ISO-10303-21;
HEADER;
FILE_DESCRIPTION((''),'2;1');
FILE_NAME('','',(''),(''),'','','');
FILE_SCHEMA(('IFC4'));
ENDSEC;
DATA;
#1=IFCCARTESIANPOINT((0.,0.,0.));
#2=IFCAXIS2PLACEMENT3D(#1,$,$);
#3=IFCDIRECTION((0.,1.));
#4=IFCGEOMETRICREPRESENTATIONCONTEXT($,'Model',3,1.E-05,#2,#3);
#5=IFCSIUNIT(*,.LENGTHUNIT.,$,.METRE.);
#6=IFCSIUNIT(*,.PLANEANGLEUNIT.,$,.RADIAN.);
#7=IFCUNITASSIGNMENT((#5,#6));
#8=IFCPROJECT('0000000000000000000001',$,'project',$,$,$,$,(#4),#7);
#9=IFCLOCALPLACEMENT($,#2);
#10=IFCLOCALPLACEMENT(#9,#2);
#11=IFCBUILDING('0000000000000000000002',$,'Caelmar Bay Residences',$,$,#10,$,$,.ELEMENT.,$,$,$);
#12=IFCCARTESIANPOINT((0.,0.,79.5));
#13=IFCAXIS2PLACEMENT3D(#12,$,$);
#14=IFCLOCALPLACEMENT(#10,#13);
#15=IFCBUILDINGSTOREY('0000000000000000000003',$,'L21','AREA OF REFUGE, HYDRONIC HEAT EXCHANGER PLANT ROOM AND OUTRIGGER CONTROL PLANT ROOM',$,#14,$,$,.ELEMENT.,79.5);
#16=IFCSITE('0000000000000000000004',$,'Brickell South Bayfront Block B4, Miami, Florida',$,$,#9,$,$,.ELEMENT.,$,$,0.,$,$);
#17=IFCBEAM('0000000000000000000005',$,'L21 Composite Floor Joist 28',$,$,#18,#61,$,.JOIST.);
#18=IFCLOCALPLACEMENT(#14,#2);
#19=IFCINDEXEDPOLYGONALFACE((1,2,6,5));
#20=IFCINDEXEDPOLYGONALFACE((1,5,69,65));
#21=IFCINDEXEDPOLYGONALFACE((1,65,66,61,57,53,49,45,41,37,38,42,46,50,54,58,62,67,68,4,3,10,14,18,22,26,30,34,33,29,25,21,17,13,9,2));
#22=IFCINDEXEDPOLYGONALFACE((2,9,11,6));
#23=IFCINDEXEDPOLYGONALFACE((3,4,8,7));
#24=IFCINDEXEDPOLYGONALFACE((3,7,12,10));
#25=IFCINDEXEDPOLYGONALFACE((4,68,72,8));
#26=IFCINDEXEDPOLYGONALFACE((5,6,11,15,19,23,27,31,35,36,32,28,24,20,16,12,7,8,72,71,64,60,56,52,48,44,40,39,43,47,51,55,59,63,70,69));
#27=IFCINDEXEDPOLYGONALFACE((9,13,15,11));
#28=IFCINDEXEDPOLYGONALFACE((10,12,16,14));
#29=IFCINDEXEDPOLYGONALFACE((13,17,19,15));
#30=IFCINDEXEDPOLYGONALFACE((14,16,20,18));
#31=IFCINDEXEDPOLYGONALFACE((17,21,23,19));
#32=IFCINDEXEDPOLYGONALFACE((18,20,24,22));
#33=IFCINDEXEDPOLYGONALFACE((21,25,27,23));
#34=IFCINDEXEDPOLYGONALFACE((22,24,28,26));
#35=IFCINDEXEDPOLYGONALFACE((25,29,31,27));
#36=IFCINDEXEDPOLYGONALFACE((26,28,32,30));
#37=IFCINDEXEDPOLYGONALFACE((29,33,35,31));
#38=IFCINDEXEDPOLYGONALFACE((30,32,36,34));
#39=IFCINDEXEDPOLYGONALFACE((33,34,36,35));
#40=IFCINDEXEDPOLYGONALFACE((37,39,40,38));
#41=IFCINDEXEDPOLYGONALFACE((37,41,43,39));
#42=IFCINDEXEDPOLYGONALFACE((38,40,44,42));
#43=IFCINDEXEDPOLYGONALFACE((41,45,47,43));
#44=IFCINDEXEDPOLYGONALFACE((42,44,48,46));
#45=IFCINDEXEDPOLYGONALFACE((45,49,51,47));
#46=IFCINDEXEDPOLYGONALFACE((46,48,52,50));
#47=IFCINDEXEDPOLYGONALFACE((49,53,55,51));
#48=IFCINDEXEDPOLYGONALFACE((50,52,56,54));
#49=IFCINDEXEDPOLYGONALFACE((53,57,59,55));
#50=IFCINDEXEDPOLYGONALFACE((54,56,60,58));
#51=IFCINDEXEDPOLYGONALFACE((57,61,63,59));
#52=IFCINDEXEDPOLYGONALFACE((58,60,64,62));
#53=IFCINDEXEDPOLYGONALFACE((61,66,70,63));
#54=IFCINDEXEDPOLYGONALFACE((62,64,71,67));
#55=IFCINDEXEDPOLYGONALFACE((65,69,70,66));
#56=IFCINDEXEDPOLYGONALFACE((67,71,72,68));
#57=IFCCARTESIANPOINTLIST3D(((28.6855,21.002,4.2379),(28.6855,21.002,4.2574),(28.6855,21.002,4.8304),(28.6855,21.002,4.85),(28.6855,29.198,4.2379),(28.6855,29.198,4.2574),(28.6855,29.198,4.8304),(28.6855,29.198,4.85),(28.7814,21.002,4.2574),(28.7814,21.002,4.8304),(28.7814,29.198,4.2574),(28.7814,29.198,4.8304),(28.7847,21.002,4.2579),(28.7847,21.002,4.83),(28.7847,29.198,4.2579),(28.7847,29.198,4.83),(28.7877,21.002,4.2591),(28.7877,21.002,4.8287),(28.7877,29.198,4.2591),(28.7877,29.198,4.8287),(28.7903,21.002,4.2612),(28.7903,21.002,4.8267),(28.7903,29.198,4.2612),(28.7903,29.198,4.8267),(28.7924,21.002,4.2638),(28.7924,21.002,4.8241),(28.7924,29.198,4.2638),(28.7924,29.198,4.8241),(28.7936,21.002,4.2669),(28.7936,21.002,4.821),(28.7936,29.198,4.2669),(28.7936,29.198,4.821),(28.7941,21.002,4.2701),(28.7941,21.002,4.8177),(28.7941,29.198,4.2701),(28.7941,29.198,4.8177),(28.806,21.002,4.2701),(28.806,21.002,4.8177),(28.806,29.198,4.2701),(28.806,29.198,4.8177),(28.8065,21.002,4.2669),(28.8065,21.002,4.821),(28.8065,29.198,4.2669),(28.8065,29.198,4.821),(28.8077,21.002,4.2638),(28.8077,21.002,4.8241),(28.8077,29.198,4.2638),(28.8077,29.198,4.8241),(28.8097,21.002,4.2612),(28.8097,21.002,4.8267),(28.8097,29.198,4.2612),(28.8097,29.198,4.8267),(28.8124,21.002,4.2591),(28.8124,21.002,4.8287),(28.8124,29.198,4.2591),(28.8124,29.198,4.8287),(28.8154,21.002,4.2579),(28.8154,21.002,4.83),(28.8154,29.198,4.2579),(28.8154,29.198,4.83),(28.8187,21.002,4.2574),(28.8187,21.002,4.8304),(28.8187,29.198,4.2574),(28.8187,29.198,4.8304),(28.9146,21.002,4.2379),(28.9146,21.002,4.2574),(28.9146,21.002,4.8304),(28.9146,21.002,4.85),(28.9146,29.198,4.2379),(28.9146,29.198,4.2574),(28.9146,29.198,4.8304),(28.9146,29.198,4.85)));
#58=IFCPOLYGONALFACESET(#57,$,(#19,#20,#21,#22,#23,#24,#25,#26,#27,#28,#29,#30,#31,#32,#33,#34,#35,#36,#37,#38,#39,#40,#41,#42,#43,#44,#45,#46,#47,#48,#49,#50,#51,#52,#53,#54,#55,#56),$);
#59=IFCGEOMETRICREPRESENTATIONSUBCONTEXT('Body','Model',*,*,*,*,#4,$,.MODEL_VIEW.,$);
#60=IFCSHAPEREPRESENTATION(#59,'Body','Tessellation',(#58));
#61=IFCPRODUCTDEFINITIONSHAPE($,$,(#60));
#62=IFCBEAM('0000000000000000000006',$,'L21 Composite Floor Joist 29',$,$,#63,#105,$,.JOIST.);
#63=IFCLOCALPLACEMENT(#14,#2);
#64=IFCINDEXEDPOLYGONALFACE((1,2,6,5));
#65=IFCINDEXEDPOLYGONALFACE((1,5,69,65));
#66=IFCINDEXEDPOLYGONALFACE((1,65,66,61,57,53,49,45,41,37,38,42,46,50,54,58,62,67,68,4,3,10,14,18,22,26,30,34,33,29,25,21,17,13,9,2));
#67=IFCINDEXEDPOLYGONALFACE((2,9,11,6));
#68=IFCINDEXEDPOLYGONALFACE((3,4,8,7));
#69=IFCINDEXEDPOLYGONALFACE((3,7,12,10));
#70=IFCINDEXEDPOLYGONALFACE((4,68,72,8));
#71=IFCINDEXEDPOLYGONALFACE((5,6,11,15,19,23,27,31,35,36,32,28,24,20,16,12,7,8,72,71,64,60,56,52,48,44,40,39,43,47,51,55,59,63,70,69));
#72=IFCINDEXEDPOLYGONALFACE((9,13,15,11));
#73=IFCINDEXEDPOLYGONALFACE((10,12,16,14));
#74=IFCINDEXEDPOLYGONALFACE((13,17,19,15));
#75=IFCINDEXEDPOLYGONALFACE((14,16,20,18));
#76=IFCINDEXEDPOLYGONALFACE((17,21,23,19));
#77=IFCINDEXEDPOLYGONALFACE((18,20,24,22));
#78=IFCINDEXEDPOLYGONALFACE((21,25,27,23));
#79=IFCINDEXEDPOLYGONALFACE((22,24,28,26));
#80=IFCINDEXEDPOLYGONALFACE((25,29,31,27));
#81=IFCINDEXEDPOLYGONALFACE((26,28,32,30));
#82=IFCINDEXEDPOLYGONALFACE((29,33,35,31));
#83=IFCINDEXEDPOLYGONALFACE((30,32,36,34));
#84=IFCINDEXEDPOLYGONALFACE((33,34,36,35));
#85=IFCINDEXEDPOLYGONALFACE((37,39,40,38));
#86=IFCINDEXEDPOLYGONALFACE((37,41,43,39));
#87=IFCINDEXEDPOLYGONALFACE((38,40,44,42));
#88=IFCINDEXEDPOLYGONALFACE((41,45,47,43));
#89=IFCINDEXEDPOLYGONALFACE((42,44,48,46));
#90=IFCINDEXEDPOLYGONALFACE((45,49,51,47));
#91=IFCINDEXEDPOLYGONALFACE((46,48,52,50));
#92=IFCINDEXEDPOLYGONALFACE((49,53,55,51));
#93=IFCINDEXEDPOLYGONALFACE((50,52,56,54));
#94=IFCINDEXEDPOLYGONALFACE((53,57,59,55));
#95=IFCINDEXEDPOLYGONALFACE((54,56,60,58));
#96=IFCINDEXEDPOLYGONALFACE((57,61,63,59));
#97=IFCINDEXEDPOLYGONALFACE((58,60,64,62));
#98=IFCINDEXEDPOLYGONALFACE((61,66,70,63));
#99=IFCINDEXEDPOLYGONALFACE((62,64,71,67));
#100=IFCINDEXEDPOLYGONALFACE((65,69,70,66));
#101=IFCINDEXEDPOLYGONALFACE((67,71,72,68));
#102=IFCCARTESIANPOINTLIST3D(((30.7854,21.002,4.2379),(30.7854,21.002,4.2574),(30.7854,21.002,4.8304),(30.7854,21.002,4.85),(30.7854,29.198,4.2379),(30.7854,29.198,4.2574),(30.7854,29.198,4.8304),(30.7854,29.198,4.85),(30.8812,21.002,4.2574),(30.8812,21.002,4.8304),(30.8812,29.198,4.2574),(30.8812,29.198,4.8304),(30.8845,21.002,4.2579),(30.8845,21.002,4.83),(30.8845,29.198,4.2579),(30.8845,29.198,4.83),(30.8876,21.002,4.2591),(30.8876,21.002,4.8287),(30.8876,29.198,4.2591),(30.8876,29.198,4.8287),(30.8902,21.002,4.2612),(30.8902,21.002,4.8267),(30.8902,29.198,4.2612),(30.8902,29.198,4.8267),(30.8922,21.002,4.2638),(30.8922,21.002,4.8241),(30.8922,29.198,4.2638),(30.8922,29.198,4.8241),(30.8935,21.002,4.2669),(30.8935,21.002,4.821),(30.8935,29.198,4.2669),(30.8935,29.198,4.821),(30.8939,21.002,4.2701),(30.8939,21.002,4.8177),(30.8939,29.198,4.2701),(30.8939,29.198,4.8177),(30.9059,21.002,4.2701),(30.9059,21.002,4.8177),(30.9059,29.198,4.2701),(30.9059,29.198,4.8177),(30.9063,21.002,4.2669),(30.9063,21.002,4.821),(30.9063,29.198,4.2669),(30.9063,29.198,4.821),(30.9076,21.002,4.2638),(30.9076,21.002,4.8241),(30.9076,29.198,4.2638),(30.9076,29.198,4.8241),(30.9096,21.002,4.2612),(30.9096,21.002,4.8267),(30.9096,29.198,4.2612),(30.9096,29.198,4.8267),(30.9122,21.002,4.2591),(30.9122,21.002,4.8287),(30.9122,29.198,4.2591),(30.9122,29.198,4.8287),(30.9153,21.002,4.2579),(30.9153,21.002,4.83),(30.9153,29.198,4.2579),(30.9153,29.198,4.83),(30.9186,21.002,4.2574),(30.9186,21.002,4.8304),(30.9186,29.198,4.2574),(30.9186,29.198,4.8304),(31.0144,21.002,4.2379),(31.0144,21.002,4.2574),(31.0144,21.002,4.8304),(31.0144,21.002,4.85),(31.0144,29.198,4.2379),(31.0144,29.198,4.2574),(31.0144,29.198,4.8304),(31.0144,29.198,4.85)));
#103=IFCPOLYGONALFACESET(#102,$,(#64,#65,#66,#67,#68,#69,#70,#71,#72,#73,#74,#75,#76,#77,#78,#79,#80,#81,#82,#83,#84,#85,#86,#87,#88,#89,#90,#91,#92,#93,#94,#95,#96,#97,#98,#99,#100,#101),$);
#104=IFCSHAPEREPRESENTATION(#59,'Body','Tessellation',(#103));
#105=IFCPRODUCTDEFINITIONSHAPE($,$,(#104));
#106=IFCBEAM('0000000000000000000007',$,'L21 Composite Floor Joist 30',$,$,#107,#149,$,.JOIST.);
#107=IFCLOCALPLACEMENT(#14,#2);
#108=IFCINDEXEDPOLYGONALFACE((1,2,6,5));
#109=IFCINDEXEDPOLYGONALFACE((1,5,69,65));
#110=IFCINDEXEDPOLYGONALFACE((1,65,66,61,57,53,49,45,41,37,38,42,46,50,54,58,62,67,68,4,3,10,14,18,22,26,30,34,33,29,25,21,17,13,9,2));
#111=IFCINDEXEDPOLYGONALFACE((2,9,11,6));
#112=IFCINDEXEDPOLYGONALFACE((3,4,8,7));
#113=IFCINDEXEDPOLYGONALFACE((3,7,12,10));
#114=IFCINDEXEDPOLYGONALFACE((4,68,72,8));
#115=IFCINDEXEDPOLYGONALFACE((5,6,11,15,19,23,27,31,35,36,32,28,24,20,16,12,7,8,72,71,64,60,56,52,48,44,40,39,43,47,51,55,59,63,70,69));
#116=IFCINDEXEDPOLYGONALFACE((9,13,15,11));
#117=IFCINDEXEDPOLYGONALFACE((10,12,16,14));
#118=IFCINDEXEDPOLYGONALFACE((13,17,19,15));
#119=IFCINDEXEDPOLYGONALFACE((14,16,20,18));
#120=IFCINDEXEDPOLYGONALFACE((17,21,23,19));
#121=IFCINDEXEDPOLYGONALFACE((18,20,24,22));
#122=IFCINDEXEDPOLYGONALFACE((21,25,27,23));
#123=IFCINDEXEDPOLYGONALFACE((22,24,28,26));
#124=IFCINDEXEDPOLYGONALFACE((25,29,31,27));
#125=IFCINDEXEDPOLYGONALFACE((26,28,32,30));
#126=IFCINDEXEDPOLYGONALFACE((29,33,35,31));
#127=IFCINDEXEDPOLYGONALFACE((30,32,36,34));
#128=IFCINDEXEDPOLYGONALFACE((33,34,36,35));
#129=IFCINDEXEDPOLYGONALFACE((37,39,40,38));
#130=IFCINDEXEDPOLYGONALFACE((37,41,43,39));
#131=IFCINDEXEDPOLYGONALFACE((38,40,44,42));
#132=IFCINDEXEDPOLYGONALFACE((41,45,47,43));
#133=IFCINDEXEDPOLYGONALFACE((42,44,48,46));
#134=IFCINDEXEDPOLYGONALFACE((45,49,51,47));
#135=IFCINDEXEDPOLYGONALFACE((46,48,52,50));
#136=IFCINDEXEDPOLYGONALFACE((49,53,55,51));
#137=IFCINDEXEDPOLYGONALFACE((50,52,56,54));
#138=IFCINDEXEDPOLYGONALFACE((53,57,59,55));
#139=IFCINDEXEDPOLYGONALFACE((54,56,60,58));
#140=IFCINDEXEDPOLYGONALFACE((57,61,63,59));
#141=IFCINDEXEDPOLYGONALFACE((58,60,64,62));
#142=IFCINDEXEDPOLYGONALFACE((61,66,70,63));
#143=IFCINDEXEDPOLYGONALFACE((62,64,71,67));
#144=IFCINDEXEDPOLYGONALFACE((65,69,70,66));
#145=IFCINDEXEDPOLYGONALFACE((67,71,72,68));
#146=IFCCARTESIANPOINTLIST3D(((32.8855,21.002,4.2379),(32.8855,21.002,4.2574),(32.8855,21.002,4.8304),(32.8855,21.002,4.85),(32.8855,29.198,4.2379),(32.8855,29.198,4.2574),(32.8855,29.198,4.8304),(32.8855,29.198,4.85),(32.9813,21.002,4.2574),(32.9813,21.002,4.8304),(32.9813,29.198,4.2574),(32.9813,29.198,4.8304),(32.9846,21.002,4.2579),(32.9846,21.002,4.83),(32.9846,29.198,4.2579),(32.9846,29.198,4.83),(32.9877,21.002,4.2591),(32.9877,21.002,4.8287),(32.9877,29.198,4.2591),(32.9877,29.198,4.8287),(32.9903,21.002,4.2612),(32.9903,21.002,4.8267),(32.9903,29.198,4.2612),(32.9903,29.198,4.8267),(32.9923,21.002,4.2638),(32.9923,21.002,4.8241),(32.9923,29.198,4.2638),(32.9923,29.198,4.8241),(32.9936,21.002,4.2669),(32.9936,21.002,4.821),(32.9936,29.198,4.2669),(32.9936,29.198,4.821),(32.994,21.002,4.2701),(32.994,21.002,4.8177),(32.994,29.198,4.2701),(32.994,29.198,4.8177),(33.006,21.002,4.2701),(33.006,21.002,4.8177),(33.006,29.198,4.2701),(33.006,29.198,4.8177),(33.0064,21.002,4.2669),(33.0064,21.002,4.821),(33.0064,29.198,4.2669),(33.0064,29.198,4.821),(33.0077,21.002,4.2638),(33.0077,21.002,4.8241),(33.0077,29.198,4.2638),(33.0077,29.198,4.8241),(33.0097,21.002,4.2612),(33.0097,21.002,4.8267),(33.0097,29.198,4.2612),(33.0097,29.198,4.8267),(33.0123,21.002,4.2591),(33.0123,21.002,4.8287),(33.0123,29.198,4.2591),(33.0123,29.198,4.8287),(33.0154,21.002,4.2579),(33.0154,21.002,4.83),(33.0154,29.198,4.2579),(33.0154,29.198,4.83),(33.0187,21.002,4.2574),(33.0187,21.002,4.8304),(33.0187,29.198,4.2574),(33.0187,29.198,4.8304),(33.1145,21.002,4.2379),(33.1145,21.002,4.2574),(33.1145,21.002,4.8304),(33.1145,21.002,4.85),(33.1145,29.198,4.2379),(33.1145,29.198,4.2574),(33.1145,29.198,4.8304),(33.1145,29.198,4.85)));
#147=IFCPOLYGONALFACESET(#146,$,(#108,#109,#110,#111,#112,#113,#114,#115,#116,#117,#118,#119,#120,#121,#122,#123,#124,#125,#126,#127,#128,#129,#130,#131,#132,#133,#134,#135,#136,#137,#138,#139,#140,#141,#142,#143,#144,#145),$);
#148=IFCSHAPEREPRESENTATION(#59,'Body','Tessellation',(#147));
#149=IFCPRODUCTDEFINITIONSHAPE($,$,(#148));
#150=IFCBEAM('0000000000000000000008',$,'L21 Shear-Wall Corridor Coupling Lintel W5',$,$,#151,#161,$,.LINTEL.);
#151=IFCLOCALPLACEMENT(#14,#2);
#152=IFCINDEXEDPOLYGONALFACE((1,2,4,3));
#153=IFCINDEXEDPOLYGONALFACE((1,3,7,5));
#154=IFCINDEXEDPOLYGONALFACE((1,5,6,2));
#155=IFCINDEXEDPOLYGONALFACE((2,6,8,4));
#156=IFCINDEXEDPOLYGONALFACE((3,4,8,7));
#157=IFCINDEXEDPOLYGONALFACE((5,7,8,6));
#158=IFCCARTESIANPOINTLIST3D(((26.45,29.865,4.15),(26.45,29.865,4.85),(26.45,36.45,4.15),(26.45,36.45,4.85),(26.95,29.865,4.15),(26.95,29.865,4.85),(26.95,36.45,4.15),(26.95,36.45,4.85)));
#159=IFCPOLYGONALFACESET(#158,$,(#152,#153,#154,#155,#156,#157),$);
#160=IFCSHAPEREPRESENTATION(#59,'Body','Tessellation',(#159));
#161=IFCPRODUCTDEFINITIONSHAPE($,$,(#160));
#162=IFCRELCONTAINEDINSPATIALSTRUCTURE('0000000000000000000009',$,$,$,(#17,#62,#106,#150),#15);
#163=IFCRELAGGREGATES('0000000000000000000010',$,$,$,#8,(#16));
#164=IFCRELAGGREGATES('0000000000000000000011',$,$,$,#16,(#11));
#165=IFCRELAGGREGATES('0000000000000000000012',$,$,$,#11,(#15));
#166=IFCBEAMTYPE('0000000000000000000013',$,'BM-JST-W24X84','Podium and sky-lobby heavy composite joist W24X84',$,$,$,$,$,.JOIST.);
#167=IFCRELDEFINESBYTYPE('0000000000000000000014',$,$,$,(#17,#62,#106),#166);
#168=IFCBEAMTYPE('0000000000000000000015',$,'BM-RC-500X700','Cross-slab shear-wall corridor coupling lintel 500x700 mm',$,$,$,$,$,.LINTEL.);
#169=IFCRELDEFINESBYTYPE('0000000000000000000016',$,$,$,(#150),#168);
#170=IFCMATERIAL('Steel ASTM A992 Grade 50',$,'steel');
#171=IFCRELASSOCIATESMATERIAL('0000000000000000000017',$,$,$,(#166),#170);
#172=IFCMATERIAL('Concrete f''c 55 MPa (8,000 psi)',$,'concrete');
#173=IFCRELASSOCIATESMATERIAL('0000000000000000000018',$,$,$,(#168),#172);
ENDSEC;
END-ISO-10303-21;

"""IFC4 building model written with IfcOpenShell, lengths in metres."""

from ifc_helpers import new_model, si_unit, direction, frame, origin, origin_2d, place, context, subcontext, project, spatial, rectangle, i_section, extrude, material, material_profile, profile_set, type_object, element, save


model = new_model("IFC4")

# Units and contexts
model_context = context("Model", 3, precision=1e-05, world=origin(), true_north=direction((0.0, 1.0)))
body_context = subcontext(model_context, "Body", "Model", "MODEL_VIEW")
ifc_project = project(units=[si_unit("LENGTHUNIT", "METRE"), si_unit("PLANEANGLEUNIT", "RADIAN")], contexts=[model_context])

# Site, building, storey
site_placement = place(None, origin())
site = spatial("IfcSite", under=ifc_project, at=site_placement, Name="Brickell South Bayfront Block B4, Miami, Florida", CompositionType="ELEMENT", RefElevation=0.0)
building_placement = place(site_placement, origin())
building = spatial("IfcBuilding", under=site, at=building_placement, Name="Caelmar Bay Residences", CompositionType="ELEMENT")
storey_placement = place(building_placement, frame((0.0, 0.0, 79.5)))
storey = spatial("IfcBuildingStorey", under=building, at=storey_placement, Name="L21", Description="AREA OF REFUGE, HYDRONIC HEAT EXCHANGER PLANT ROOM AND OUTRIGGER CONTROL PLANT ROOM", CompositionType="ELEMENT", Elevation=79.5)

# Beams
ifc_material_1 = material(Name="Steel ASTM A992 Grade 50", Category="steel")
ifc_material_profile_1 = material_profile(ifc_material_1, i_section(OverallWidth=0.229, OverallDepth=0.6121, WebThickness=0.012, FlangeThickness=0.0195, FilletRadius=0.0127, at=origin_2d()), Name="W24X84")
ifc_profile_set_1 = profile_set([ifc_material_profile_1], Name="Steel ASTM A992 Grade 50")
beam_type_1 = type_object("IfcBeamType", Name="BM-JST-W24X84", Description="Podium and sky-lobby heavy composite joist W24X84", PredefinedType="JOIST", material=ifc_profile_set_1)
for number, where, z_axis, x_axis, name in (
    (1, (28.8, 21.002, 4.5439), (0.0, 1.0, 0.0), (-1.0, 0.0, 0.0), "L21 Composite Floor Joist 28"),
    (2, (30.8999, 21.002, 4.5439), (0.0, 1.0, 0.0), (-1.0, 0.0, 0.0), "L21 Composite Floor Joist 29"),
    (3, (33.0, 21.002, 4.5439), (0.0, 1.0, 0.0), (-1.0, 0.0, 0.0), "L21 Composite Floor Joist 30"),
):
    element("IfcBeam", number, at=place(storey_placement, frame(where, z_axis=z_axis, x_axis=x_axis)), inside=storey, type_object=beam_type_1, Name=name, PredefinedType="JOIST", context=body_context, shape_type="SweptSolid", body=[
        extrude(i_section(OverallWidth=0.229, OverallDepth=0.6121, WebThickness=0.012, FlangeThickness=0.0195, FilletRadius=0.0127, at=origin_2d()), origin(), (0.0, 0.0, 1.0), 8.196),
    ])
ifc_material_2 = material(Name="Concrete f'c 55 MPa (8,000 psi)", Category="concrete")
ifc_material_profile_2 = material_profile(ifc_material_2, rectangle(XDim=0.5, YDim=0.7, at=origin_2d()), Name="RC-BM-500X700")
ifc_profile_set_2 = profile_set([ifc_material_profile_2], Name="Concrete f'c 55 MPa (8,000 psi)")
beam_type_2 = type_object("IfcBeamType", Name="BM-RC-500X700", Description="Cross-slab shear-wall corridor coupling lintel 500x700 mm", PredefinedType="LINTEL", material=ifc_profile_set_2)
beam_1_placement = place(storey_placement, frame((26.7, 29.865, 4.5), z_axis=(0.0, 1.0, 0.0), x_axis=(-1.0, 0.0, 0.0)))
element("IfcBeam", 4, at=beam_1_placement, inside=storey, type_object=beam_type_2, Name="L21 Shear-Wall Corridor Coupling Lintel W5", PredefinedType="LINTEL", context=body_context, shape_type="SweptSolid", body=[
    extrude(rectangle(XDim=0.5, YDim=0.7, at=origin_2d()), origin(), (0.0, 0.0, 1.0), 6.585),
])

save(model, "model.ifc")
